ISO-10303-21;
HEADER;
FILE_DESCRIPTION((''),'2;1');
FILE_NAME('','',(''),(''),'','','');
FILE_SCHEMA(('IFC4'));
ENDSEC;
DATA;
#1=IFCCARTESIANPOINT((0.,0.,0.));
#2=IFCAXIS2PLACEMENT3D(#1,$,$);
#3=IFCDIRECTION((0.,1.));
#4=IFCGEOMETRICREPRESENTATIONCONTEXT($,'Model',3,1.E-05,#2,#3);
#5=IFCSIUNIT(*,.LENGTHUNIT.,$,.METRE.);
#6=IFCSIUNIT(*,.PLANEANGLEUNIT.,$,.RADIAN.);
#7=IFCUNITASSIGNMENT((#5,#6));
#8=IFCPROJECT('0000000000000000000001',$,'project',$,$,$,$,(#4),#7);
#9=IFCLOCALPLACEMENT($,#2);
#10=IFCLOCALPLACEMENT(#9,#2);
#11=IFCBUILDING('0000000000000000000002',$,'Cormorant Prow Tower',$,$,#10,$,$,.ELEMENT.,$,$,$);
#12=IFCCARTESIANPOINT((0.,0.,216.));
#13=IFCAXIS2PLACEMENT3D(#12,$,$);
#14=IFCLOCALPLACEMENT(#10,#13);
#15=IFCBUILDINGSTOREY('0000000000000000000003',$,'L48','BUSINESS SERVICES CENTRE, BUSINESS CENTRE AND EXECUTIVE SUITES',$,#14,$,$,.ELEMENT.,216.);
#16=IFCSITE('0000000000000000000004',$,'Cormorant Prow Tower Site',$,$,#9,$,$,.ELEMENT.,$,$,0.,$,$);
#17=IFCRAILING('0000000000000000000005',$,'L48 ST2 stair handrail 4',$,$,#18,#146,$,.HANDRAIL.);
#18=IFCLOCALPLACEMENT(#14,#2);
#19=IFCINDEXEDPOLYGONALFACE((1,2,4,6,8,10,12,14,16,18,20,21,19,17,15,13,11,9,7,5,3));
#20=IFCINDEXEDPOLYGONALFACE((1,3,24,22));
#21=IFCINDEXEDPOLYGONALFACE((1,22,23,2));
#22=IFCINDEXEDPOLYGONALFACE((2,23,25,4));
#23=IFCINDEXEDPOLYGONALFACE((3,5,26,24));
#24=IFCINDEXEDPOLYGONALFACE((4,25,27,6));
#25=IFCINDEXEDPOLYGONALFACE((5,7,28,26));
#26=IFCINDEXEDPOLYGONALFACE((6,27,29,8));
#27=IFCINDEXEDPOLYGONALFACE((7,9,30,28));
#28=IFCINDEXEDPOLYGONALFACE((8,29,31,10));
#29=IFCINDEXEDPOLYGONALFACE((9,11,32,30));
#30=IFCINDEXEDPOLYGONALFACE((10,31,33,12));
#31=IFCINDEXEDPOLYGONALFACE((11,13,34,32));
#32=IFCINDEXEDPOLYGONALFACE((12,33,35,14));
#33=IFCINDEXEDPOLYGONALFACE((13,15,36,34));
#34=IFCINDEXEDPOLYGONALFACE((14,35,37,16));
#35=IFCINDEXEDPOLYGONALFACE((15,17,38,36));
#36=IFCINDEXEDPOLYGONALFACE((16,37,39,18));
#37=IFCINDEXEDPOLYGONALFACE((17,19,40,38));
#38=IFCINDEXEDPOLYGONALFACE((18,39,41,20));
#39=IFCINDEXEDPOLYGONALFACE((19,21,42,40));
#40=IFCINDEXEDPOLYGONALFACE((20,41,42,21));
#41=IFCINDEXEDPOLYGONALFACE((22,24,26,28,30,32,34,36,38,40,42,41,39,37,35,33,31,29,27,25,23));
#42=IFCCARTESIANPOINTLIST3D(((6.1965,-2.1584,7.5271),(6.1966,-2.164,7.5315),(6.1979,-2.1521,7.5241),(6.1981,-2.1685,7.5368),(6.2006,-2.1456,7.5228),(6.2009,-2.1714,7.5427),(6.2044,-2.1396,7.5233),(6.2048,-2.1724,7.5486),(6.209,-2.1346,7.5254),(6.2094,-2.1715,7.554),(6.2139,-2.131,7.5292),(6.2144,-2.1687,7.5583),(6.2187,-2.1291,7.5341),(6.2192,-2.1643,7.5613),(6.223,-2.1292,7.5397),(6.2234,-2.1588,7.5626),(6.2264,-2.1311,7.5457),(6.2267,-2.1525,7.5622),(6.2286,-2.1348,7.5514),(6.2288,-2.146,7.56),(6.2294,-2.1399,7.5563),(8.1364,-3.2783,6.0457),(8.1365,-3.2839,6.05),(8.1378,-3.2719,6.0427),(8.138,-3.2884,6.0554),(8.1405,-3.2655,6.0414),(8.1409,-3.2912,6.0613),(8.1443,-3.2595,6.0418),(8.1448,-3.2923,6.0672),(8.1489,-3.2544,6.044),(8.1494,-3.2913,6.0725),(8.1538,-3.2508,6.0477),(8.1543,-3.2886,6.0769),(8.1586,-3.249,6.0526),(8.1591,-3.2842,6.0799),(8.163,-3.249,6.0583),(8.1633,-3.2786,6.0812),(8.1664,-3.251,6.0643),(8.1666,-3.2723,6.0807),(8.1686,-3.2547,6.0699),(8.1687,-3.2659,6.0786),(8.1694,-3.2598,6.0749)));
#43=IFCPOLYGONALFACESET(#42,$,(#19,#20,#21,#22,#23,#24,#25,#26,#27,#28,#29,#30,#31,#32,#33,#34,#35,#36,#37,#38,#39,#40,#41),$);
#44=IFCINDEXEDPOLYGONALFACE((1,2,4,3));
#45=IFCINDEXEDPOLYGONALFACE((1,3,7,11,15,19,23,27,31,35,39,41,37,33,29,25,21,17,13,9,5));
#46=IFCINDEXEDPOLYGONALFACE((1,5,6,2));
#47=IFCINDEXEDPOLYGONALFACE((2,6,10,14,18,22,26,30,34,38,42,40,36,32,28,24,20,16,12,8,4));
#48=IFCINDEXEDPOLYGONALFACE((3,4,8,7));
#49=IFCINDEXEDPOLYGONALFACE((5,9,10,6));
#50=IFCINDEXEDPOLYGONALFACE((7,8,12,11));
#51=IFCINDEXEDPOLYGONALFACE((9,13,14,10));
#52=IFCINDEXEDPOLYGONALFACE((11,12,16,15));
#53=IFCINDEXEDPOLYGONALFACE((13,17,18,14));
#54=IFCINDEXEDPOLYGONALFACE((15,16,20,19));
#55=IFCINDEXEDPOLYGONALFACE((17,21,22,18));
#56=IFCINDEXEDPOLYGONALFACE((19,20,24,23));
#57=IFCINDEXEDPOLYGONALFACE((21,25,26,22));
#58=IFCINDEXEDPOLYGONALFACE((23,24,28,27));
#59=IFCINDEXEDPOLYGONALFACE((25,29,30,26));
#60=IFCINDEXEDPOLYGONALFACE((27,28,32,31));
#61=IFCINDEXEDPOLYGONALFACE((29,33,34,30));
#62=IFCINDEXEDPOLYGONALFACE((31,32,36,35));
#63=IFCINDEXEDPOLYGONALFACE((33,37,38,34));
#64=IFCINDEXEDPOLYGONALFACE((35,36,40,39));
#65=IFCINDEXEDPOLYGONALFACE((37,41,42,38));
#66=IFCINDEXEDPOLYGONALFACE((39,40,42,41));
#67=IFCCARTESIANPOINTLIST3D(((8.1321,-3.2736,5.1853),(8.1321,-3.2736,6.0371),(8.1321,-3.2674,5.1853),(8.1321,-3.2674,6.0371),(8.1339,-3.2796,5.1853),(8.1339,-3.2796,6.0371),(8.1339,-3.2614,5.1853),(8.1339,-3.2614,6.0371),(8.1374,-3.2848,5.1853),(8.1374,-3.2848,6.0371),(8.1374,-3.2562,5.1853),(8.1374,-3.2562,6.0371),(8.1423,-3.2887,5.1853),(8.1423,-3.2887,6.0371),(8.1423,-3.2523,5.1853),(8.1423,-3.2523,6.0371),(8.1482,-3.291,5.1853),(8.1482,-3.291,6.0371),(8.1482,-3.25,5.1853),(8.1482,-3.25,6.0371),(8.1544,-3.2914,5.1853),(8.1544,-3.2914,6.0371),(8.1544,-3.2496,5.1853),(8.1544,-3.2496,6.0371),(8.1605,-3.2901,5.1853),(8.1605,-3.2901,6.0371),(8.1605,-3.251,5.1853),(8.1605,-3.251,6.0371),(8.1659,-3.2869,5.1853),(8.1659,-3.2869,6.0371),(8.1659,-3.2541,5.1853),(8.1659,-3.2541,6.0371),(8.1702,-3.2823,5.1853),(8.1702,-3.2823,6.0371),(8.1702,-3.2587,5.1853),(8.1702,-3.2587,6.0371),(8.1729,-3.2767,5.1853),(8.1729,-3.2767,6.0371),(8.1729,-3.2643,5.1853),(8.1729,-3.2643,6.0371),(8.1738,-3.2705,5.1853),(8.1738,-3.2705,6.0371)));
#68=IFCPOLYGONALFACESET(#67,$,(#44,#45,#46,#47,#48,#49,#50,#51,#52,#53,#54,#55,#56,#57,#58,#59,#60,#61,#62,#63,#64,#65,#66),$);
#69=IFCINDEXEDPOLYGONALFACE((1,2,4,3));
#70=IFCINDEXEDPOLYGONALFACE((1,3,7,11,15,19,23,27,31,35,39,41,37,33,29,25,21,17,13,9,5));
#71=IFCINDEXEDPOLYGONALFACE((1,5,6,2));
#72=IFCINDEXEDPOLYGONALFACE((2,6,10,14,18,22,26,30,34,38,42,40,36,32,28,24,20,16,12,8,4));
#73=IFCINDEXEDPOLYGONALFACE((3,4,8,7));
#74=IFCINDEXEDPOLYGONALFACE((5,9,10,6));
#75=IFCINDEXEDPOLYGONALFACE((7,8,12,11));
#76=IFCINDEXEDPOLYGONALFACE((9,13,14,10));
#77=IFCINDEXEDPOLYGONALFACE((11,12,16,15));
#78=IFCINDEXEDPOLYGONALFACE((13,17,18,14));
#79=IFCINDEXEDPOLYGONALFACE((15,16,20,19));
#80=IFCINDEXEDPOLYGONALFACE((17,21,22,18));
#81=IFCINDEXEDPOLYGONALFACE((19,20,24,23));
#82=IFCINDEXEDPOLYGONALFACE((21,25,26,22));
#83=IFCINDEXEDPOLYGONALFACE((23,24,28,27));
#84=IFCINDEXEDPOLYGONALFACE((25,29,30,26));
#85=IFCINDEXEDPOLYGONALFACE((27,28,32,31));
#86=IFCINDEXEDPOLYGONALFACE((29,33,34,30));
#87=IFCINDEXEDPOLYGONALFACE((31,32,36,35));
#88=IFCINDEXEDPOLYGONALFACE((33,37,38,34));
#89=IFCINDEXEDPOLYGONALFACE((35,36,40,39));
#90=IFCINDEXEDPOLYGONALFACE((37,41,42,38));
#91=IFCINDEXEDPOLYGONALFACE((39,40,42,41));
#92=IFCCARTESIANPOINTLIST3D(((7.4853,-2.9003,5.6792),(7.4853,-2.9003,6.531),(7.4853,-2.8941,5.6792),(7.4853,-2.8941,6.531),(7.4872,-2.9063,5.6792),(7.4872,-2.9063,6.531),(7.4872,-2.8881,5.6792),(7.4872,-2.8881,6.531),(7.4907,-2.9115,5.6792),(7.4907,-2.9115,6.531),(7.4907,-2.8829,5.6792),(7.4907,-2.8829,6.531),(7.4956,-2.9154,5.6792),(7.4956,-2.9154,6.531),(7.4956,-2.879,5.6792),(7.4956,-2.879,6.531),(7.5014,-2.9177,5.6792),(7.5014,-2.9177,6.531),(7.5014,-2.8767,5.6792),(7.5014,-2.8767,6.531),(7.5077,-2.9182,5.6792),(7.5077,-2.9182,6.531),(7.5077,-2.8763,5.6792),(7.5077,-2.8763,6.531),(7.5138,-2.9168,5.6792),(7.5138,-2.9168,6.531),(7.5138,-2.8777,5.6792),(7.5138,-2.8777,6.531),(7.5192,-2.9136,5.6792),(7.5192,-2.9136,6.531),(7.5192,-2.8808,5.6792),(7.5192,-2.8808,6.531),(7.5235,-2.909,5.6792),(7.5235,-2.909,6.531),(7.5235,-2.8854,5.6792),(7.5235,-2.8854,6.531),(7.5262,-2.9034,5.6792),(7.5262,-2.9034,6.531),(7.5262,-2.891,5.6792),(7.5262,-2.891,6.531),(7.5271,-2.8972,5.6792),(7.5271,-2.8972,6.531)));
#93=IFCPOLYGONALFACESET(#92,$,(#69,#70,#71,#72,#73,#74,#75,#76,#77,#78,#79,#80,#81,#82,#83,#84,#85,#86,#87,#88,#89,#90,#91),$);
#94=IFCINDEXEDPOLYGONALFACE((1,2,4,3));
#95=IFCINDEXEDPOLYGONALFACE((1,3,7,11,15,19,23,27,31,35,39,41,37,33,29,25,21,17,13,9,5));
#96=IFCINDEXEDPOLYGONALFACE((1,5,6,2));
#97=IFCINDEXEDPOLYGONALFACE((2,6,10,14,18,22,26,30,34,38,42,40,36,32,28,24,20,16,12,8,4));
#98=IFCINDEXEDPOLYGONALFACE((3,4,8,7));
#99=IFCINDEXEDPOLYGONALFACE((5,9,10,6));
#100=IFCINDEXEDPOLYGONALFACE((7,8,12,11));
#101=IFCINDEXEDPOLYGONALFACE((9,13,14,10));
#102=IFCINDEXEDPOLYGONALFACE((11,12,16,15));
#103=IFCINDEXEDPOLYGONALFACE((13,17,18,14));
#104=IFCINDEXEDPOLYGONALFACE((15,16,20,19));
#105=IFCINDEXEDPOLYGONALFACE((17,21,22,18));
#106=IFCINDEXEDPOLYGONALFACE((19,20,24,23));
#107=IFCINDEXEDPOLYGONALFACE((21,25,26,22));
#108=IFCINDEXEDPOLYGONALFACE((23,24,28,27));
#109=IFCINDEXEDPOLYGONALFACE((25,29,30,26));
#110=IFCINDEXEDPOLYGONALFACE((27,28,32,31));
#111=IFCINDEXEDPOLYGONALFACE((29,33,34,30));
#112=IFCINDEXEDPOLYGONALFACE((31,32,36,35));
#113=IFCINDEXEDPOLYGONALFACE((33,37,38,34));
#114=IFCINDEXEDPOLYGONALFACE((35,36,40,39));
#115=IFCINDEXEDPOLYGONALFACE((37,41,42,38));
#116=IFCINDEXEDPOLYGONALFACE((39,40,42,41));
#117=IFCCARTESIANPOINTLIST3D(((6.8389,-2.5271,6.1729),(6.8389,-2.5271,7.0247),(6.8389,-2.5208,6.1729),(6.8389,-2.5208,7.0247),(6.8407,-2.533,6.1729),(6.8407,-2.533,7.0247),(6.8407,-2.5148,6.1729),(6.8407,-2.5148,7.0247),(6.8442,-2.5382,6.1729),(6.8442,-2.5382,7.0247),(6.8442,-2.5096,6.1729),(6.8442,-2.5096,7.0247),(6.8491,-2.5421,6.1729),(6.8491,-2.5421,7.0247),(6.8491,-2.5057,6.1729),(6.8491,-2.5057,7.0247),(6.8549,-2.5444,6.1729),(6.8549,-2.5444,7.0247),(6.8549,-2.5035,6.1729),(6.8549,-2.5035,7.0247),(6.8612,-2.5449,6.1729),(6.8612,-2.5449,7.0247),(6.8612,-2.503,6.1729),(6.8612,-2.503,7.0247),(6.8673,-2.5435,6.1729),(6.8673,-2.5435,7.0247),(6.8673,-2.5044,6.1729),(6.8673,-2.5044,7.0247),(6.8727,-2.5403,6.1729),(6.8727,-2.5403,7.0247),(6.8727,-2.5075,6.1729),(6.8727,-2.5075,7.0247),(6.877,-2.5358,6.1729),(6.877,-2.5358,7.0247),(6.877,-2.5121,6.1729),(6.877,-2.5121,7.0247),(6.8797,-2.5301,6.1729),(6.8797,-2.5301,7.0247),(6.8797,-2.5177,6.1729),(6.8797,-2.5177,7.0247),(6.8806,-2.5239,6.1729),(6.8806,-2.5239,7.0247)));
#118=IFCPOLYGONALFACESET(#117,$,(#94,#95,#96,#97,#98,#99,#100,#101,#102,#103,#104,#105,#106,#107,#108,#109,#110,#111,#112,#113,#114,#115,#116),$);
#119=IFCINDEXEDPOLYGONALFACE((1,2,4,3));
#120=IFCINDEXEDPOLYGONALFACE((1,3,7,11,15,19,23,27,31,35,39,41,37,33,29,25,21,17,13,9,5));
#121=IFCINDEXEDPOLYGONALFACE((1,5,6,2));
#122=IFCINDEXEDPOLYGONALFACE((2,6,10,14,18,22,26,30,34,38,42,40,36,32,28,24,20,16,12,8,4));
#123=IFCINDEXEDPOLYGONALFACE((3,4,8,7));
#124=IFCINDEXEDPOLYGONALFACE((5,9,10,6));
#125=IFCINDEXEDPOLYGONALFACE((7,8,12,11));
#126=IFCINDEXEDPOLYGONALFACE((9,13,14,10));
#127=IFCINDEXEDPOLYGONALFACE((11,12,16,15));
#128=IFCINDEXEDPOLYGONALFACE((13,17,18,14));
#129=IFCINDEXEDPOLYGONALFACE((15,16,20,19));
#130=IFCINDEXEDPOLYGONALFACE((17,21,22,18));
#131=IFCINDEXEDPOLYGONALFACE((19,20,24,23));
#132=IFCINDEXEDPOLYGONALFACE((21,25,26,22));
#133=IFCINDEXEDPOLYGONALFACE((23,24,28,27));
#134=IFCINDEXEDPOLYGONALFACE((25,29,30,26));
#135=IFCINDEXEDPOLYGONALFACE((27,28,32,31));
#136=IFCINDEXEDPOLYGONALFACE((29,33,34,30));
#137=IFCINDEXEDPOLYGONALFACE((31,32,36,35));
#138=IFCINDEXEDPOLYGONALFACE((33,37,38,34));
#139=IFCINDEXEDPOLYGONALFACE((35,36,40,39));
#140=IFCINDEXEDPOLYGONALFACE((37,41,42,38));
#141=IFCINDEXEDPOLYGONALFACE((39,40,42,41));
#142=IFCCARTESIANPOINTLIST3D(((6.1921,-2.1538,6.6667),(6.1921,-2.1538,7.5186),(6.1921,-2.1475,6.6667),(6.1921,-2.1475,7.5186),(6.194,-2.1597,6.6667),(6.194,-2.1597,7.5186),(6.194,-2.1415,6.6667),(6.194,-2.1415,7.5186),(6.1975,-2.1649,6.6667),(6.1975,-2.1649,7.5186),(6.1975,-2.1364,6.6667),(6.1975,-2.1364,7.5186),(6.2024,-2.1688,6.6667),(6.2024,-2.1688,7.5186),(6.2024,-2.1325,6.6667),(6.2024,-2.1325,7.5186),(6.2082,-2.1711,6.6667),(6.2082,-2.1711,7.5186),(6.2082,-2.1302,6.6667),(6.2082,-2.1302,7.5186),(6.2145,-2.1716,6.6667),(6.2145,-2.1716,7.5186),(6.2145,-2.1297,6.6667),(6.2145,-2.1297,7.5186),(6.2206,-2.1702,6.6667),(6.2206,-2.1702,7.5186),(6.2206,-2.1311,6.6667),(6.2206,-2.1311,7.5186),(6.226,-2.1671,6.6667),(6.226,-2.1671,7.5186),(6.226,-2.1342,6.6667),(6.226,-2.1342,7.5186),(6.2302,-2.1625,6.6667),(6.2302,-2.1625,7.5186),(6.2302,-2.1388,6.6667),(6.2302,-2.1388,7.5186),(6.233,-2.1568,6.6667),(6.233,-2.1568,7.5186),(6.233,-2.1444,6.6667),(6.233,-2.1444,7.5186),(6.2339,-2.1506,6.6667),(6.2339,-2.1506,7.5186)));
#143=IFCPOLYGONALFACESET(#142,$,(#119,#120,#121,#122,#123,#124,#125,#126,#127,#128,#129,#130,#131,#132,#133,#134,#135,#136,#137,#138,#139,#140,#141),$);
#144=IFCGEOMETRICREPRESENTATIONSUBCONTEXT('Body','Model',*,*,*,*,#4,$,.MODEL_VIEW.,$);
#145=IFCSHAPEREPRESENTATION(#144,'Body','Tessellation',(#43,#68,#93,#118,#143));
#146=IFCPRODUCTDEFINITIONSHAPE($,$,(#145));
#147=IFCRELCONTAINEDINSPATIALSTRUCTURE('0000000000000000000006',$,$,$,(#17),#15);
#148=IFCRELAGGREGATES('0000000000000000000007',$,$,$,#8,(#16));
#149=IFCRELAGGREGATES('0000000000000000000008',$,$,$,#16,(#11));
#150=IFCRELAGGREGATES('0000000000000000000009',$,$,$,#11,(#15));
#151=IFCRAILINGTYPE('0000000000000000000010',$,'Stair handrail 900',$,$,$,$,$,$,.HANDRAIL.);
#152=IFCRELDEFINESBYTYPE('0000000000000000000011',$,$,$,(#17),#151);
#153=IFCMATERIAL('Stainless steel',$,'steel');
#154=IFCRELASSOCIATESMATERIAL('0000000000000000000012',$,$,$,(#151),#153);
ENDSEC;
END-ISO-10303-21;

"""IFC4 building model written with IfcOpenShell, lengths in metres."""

from ifc_helpers import new_model, si_unit, direction, frame, origin, origin_2d, place, context, subcontext, project, spatial, circle, extrude, material, type_object, element, save


model = new_model("IFC4")

# Units and contexts
model_context = context("Model", 3, precision=1e-05, world=origin(), true_north=direction((0.0, 1.0)))
body_context = subcontext(model_context, "Body", "Model", "MODEL_VIEW")
ifc_project = project(units=[si_unit("LENGTHUNIT", "METRE"), si_unit("PLANEANGLEUNIT", "RADIAN")], contexts=[model_context])

# Site, building, storey
site_placement = place(None, origin())
site = spatial("IfcSite", under=ifc_project, at=site_placement, Name="Cormorant Prow Tower Site", CompositionType="ELEMENT", RefElevation=0.0)
building_placement = place(site_placement, origin())
building = spatial("IfcBuilding", under=site, at=building_placement, Name="Cormorant Prow Tower", CompositionType="ELEMENT")
storey_placement = place(building_placement, frame((0.0, 0.0, 216.0)))
storey = spatial("IfcBuildingStorey", under=building, at=storey_placement, Name="L48", Description="BUSINESS SERVICES CENTRE, BUSINESS CENTRE AND EXECUTIVE SUITES", CompositionType="ELEMENT", Elevation=216.0)

# Railing
ifc_material_1 = material(Name="Stainless steel", Category="steel")
railing_type_1 = type_object("IfcRailingType", Name="Stair handrail 900", PredefinedType="HANDRAIL", material=ifc_material_1)
railing_1_placement = place(storey_placement, frame((8.1528, -3.2705, 5.1853)))
element("IfcRailing", 1, at=railing_1_placement, inside=storey, type_object=railing_type_1, Name="L48 ST2 stair handrail 4", PredefinedType="HANDRAIL", context=body_context, shape_type="SweptSolid", body=[
    extrude(circle(Radius=0.0239, at=origin_2d()), frame((0.0, 0.0, 0.876), z_axis=(-0.722363, 0.417, 0.551636), x_axis=(-0.499949, -0.866055, 0.0)), (0.0, 0.0, 1.0), 2.6855),
    extrude(circle(Radius=0.021, at=origin_2d()), origin(), (0.0, 0.0, 1.0), 0.8518),
    extrude(circle(Radius=0.021, at=origin_2d()), frame((-0.6467, 0.3733, 0.4939)), (0.0, 0.0, 1.0), 0.8518),
    extrude(circle(Radius=0.021, at=origin_2d()), frame((-1.2932, 0.7466, 0.9875)), (0.0, 0.0, 1.0), 0.8518),
    extrude(circle(Radius=0.021, at=origin_2d()), frame((-1.9399, 1.1199, 1.4814)), (0.0, 0.0, 1.0), 0.8518),
])

save(model, "model.ifc")
